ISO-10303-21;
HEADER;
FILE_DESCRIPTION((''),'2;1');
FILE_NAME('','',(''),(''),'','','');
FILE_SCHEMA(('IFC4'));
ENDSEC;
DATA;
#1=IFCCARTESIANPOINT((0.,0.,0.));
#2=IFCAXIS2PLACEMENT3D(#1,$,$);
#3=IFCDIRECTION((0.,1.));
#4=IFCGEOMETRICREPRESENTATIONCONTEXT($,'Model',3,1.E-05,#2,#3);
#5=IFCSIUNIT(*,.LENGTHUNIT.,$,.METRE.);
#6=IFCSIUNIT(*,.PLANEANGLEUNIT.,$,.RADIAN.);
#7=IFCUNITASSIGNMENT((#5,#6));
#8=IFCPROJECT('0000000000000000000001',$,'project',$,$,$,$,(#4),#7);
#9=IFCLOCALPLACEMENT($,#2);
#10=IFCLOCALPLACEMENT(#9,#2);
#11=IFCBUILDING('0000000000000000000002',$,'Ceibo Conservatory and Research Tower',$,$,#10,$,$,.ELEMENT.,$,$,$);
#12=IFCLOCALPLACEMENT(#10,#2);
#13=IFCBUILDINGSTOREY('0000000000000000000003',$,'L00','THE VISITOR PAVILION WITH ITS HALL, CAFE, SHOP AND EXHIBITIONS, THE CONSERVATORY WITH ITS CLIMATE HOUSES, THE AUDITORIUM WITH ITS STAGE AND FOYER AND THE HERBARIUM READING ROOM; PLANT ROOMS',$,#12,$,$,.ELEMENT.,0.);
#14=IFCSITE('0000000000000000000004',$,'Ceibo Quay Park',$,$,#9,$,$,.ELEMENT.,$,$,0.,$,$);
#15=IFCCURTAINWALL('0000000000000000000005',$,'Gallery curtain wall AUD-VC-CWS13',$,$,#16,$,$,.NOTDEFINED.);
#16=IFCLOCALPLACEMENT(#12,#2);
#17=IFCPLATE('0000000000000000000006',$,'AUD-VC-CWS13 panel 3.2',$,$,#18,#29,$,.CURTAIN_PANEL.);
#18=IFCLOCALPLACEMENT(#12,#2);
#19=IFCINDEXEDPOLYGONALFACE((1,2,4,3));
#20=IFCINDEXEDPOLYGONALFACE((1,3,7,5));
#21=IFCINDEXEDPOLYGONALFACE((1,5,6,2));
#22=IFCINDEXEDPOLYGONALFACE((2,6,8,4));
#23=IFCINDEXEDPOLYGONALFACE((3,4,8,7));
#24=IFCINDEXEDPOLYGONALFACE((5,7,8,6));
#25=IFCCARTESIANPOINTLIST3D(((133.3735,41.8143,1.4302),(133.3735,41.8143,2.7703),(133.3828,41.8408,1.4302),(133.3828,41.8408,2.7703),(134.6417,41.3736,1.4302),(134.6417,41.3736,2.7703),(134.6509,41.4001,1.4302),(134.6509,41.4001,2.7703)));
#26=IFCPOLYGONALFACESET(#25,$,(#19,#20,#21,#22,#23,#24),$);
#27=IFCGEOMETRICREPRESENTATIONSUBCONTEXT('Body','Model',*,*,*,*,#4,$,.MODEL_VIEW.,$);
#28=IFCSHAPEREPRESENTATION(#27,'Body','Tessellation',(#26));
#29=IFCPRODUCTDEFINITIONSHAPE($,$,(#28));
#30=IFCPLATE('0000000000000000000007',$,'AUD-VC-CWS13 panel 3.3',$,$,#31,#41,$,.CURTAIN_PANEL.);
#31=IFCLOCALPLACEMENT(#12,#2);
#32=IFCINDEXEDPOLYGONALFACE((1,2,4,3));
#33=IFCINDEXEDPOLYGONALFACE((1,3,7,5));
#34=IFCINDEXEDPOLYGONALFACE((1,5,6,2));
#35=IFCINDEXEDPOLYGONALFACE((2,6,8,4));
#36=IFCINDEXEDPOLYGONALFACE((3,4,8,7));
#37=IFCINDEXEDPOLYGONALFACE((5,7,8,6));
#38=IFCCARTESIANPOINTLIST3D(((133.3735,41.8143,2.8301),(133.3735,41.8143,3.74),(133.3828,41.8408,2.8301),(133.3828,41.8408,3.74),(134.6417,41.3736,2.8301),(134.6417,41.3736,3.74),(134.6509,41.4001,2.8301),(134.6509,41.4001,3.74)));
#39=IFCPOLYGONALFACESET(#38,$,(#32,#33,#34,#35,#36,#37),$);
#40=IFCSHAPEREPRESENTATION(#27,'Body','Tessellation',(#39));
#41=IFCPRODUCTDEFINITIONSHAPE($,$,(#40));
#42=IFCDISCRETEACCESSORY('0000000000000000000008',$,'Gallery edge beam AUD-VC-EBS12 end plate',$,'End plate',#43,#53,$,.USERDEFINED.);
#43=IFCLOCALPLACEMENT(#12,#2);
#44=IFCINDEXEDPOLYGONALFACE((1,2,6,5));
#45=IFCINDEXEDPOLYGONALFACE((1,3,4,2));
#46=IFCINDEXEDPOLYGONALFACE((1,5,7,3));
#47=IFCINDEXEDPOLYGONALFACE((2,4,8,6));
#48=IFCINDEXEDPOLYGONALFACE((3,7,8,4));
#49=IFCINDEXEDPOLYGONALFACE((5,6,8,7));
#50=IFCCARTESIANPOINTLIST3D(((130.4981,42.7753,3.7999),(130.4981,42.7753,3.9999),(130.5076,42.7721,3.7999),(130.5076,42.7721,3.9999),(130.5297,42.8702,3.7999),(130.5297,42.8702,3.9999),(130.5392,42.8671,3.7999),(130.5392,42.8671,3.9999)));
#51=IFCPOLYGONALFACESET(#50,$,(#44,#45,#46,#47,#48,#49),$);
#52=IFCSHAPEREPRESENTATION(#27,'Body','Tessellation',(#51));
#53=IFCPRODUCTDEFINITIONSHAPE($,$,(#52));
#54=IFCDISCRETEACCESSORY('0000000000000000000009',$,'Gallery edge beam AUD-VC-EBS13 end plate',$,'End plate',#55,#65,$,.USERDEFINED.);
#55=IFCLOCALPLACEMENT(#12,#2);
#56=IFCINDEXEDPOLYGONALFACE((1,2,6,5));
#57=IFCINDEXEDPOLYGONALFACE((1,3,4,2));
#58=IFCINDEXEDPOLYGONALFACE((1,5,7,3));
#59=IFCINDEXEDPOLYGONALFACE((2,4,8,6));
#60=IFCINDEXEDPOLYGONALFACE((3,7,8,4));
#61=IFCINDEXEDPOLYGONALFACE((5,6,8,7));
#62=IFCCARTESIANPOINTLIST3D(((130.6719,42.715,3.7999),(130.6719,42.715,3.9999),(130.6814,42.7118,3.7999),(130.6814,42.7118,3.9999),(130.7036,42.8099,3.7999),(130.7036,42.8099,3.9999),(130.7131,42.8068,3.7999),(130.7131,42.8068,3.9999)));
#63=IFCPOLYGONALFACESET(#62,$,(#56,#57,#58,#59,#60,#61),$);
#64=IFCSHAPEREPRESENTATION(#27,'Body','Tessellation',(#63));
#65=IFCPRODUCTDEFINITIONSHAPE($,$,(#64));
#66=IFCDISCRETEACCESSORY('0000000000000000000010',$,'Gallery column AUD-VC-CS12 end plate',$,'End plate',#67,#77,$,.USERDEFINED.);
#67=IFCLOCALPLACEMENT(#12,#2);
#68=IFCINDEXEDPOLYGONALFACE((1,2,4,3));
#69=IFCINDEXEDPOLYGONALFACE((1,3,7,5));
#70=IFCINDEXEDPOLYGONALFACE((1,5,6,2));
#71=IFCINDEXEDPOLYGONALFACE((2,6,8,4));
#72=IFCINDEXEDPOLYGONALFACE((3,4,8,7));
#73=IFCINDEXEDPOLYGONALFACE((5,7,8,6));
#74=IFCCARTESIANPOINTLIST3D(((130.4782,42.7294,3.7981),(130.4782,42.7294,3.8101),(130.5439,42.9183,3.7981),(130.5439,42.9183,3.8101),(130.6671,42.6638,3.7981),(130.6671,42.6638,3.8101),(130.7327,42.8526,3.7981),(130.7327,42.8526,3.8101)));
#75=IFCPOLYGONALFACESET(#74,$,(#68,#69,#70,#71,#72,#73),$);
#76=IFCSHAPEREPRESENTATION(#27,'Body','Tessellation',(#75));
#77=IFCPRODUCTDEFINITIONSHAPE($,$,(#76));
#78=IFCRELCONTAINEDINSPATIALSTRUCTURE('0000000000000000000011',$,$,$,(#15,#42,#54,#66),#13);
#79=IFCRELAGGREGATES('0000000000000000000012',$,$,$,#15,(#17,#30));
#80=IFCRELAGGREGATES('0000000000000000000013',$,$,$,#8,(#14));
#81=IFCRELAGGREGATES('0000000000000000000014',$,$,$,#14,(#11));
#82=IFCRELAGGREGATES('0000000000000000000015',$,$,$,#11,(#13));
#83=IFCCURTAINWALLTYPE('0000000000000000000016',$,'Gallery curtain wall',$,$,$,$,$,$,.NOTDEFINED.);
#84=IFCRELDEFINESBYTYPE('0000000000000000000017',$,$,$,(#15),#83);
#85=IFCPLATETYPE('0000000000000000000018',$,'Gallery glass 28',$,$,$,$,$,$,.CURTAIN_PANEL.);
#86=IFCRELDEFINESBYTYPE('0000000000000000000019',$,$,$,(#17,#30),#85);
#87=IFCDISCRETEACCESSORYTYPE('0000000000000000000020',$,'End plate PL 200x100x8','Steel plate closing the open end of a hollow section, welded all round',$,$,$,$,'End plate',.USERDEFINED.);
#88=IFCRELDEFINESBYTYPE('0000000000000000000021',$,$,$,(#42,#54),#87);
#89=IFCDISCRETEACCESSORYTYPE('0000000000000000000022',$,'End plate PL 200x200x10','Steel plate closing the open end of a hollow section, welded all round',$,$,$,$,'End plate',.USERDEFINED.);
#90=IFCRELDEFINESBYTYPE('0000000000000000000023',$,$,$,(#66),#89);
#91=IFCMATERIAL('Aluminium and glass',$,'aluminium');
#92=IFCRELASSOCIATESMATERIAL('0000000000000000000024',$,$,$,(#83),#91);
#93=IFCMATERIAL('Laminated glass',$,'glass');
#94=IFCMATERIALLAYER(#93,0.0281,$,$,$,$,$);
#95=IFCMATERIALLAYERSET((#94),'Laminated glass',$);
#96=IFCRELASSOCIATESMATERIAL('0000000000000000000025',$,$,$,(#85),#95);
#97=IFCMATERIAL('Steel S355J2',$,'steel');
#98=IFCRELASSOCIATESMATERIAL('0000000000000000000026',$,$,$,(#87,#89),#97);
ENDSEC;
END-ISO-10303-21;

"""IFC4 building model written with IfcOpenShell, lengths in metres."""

from ifc_helpers import new_model, si_unit, direction, frame, origin, origin_2d, place, context, subcontext, project, spatial, rectangle, extrude, material, layer, layer_set, material_profile, profile_set, type_object, element, aggregate, save


model = new_model("IFC4")

# Units and contexts
model_context = context("Model", 3, precision=1e-05, world=origin(), true_north=direction((0.0, 1.0)))
body_context = subcontext(model_context, "Body", "Model", "MODEL_VIEW")
ifc_project = project(units=[si_unit("LENGTHUNIT", "METRE"), si_unit("PLANEANGLEUNIT", "RADIAN")], contexts=[model_context])

# Site, building, storey
site_placement = place(None, origin())
site = spatial("IfcSite", under=ifc_project, at=site_placement, Name="Ceibo Quay Park", CompositionType="ELEMENT", RefElevation=0.0)
building_placement = place(site_placement, origin())
building = spatial("IfcBuilding", under=site, at=building_placement, Name="Ceibo Conservatory and Research Tower", CompositionType="ELEMENT")
storey_placement = place(building_placement, origin())
storey = spatial("IfcBuildingStorey", under=building, at=storey_placement, Name="L00", Description="THE VISITOR PAVILION WITH ITS HALL, CAFE, SHOP AND EXHIBITIONS, THE CONSERVATORY WITH ITS CLIMATE HOUSES, THE AUDITORIUM WITH ITS STAGE AND FOYER AND THE HERBARIUM READING ROOM; PLANT ROOMS", CompositionType="ELEMENT", Elevation=0.0)

# Shared definitions
ifc_material_1 = material(Name="Aluminium and glass", Category="aluminium")
curtain_wall_type = type_object("IfcCurtainWallType", Name="Gallery curtain wall", PredefinedType="NOTDEFINED", material=ifc_material_1)

# Curtain wall
curtain_wall_1_placement = place(storey_placement, origin())
curtain_wall_1 = element("IfcCurtainWall", 1, at=curtain_wall_1_placement, inside=storey, type_object=curtain_wall_type, Name="Gallery curtain wall AUD-VC-CWS13", PredefinedType="NOTDEFINED")

# Plates
ifc_material_2 = material(Name="Laminated glass", Category="glass")
ifc_layer = layer(ifc_material_2, 0.0281)
ifc_layer_set = layer_set([ifc_layer], Name="Laminated glass")
plate_type = type_object("IfcPlateType", Name="Gallery glass 28", PredefinedType="CURTAIN_PANEL", material=ifc_layer_set)
plate_1_placement = place(storey_placement, frame((134.0122, 41.6072, 1.4302), z_axis=(0.0, 0.0, 1.0), x_axis=(0.944579, -0.328284, 0.0)))
plate_1 = element("IfcPlate", 2, at=plate_1_placement, type_object=plate_type, Name="AUD-VC-CWS13 panel 3.2", PredefinedType="CURTAIN_PANEL", context=body_context, shape_type="SweptSolid", body=[
    extrude(rectangle(XDim=1.3425, YDim=0.0281, at=origin_2d()), origin(), (0.0, 0.0, 1.0), 1.3401),
])
plate_2_placement = place(storey_placement, frame((134.0122, 41.6072, 2.8301), z_axis=(0.0, 0.0, 1.0), x_axis=(0.944579, -0.328284, 0.0)))
plate_2 = element("IfcPlate", 3, at=plate_2_placement, type_object=plate_type, Name="AUD-VC-CWS13 panel 3.3", PredefinedType="CURTAIN_PANEL", context=body_context, shape_type="SweptSolid", body=[
    extrude(rectangle(XDim=1.3425, YDim=0.0281, at=origin_2d()), origin(), (0.0, 0.0, 1.0), 0.9099),
])
aggregate(curtain_wall_1, [plate_1, plate_2])

# Discrete accessories
ifc_material_3 = material(Name="Steel S355J2", Category="steel")
ifc_material_profile_1 = material_profile(ifc_material_3, rectangle(XDim=0.1001, YDim=0.2, at=origin_2d()), Name="End plate PL 200x100x8")
ifc_profile_set_1 = profile_set([ifc_material_profile_1], Name="Steel S355J2")
discrete_accessory_type_1 = type_object("IfcDiscreteAccessoryType", Name="End plate PL 200x100x8", Description="Steel plate closing the open end of a hollow section, welded all round", ElementType="End plate", PredefinedType="USERDEFINED", material=ifc_profile_set_1)
for number, where, z_axis, x_axis, name in (
    (4, (130.5139, 42.8228, 3.8999), (0.948683, -0.316228, 0.0), (0.316228, 0.948683, 0.0), "Gallery edge beam AUD-VC-EBS12 end plate"),
    (5, (130.6877, 42.7625, 3.8999), (0.948683, -0.316228, 0.0), (0.316228, 0.948683, 0.0), "Gallery edge beam AUD-VC-EBS13 end plate"),
):
    element("IfcDiscreteAccessory", number, at=place(storey_placement, frame(where, z_axis=z_axis, x_axis=x_axis)), inside=storey, type_object=discrete_accessory_type_1, Name=name, ObjectType="End plate", PredefinedType="USERDEFINED", context=body_context, shape_type="SweptSolid", body=[
        extrude(rectangle(XDim=0.1001, YDim=0.2, at=origin_2d()), origin(), (0.0, 0.0, 1.0), 0.01),
    ])
ifc_material_profile_2 = material_profile(ifc_material_3, rectangle(XDim=0.2, YDim=0.2, at=origin_2d()), Name="End plate PL 200x200x10")
ifc_profile_set_2 = profile_set([ifc_material_profile_2], Name="Steel S355J2")
discrete_accessory_type_2 = type_object("IfcDiscreteAccessoryType", Name="End plate PL 200x200x10", Description="Steel plate closing the open end of a hollow section, welded all round", ElementType="End plate", PredefinedType="USERDEFINED", material=ifc_profile_set_2)
discrete_accessory_placement = place(storey_placement, frame((130.6055, 42.791, 3.7981), z_axis=(0.0, 0.0, 1.0), x_axis=(0.944579, -0.328284, 0.0)))
element("IfcDiscreteAccessory", 6, at=discrete_accessory_placement, inside=storey, type_object=discrete_accessory_type_2, Name="Gallery column AUD-VC-CS12 end plate", ObjectType="End plate", PredefinedType="USERDEFINED", context=body_context, shape_type="SweptSolid", body=[
    extrude(rectangle(XDim=0.2, YDim=0.2, at=origin_2d()), origin(), (0.0, 0.0, 1.0), 0.012),
])

save(model, "model.ifc")
